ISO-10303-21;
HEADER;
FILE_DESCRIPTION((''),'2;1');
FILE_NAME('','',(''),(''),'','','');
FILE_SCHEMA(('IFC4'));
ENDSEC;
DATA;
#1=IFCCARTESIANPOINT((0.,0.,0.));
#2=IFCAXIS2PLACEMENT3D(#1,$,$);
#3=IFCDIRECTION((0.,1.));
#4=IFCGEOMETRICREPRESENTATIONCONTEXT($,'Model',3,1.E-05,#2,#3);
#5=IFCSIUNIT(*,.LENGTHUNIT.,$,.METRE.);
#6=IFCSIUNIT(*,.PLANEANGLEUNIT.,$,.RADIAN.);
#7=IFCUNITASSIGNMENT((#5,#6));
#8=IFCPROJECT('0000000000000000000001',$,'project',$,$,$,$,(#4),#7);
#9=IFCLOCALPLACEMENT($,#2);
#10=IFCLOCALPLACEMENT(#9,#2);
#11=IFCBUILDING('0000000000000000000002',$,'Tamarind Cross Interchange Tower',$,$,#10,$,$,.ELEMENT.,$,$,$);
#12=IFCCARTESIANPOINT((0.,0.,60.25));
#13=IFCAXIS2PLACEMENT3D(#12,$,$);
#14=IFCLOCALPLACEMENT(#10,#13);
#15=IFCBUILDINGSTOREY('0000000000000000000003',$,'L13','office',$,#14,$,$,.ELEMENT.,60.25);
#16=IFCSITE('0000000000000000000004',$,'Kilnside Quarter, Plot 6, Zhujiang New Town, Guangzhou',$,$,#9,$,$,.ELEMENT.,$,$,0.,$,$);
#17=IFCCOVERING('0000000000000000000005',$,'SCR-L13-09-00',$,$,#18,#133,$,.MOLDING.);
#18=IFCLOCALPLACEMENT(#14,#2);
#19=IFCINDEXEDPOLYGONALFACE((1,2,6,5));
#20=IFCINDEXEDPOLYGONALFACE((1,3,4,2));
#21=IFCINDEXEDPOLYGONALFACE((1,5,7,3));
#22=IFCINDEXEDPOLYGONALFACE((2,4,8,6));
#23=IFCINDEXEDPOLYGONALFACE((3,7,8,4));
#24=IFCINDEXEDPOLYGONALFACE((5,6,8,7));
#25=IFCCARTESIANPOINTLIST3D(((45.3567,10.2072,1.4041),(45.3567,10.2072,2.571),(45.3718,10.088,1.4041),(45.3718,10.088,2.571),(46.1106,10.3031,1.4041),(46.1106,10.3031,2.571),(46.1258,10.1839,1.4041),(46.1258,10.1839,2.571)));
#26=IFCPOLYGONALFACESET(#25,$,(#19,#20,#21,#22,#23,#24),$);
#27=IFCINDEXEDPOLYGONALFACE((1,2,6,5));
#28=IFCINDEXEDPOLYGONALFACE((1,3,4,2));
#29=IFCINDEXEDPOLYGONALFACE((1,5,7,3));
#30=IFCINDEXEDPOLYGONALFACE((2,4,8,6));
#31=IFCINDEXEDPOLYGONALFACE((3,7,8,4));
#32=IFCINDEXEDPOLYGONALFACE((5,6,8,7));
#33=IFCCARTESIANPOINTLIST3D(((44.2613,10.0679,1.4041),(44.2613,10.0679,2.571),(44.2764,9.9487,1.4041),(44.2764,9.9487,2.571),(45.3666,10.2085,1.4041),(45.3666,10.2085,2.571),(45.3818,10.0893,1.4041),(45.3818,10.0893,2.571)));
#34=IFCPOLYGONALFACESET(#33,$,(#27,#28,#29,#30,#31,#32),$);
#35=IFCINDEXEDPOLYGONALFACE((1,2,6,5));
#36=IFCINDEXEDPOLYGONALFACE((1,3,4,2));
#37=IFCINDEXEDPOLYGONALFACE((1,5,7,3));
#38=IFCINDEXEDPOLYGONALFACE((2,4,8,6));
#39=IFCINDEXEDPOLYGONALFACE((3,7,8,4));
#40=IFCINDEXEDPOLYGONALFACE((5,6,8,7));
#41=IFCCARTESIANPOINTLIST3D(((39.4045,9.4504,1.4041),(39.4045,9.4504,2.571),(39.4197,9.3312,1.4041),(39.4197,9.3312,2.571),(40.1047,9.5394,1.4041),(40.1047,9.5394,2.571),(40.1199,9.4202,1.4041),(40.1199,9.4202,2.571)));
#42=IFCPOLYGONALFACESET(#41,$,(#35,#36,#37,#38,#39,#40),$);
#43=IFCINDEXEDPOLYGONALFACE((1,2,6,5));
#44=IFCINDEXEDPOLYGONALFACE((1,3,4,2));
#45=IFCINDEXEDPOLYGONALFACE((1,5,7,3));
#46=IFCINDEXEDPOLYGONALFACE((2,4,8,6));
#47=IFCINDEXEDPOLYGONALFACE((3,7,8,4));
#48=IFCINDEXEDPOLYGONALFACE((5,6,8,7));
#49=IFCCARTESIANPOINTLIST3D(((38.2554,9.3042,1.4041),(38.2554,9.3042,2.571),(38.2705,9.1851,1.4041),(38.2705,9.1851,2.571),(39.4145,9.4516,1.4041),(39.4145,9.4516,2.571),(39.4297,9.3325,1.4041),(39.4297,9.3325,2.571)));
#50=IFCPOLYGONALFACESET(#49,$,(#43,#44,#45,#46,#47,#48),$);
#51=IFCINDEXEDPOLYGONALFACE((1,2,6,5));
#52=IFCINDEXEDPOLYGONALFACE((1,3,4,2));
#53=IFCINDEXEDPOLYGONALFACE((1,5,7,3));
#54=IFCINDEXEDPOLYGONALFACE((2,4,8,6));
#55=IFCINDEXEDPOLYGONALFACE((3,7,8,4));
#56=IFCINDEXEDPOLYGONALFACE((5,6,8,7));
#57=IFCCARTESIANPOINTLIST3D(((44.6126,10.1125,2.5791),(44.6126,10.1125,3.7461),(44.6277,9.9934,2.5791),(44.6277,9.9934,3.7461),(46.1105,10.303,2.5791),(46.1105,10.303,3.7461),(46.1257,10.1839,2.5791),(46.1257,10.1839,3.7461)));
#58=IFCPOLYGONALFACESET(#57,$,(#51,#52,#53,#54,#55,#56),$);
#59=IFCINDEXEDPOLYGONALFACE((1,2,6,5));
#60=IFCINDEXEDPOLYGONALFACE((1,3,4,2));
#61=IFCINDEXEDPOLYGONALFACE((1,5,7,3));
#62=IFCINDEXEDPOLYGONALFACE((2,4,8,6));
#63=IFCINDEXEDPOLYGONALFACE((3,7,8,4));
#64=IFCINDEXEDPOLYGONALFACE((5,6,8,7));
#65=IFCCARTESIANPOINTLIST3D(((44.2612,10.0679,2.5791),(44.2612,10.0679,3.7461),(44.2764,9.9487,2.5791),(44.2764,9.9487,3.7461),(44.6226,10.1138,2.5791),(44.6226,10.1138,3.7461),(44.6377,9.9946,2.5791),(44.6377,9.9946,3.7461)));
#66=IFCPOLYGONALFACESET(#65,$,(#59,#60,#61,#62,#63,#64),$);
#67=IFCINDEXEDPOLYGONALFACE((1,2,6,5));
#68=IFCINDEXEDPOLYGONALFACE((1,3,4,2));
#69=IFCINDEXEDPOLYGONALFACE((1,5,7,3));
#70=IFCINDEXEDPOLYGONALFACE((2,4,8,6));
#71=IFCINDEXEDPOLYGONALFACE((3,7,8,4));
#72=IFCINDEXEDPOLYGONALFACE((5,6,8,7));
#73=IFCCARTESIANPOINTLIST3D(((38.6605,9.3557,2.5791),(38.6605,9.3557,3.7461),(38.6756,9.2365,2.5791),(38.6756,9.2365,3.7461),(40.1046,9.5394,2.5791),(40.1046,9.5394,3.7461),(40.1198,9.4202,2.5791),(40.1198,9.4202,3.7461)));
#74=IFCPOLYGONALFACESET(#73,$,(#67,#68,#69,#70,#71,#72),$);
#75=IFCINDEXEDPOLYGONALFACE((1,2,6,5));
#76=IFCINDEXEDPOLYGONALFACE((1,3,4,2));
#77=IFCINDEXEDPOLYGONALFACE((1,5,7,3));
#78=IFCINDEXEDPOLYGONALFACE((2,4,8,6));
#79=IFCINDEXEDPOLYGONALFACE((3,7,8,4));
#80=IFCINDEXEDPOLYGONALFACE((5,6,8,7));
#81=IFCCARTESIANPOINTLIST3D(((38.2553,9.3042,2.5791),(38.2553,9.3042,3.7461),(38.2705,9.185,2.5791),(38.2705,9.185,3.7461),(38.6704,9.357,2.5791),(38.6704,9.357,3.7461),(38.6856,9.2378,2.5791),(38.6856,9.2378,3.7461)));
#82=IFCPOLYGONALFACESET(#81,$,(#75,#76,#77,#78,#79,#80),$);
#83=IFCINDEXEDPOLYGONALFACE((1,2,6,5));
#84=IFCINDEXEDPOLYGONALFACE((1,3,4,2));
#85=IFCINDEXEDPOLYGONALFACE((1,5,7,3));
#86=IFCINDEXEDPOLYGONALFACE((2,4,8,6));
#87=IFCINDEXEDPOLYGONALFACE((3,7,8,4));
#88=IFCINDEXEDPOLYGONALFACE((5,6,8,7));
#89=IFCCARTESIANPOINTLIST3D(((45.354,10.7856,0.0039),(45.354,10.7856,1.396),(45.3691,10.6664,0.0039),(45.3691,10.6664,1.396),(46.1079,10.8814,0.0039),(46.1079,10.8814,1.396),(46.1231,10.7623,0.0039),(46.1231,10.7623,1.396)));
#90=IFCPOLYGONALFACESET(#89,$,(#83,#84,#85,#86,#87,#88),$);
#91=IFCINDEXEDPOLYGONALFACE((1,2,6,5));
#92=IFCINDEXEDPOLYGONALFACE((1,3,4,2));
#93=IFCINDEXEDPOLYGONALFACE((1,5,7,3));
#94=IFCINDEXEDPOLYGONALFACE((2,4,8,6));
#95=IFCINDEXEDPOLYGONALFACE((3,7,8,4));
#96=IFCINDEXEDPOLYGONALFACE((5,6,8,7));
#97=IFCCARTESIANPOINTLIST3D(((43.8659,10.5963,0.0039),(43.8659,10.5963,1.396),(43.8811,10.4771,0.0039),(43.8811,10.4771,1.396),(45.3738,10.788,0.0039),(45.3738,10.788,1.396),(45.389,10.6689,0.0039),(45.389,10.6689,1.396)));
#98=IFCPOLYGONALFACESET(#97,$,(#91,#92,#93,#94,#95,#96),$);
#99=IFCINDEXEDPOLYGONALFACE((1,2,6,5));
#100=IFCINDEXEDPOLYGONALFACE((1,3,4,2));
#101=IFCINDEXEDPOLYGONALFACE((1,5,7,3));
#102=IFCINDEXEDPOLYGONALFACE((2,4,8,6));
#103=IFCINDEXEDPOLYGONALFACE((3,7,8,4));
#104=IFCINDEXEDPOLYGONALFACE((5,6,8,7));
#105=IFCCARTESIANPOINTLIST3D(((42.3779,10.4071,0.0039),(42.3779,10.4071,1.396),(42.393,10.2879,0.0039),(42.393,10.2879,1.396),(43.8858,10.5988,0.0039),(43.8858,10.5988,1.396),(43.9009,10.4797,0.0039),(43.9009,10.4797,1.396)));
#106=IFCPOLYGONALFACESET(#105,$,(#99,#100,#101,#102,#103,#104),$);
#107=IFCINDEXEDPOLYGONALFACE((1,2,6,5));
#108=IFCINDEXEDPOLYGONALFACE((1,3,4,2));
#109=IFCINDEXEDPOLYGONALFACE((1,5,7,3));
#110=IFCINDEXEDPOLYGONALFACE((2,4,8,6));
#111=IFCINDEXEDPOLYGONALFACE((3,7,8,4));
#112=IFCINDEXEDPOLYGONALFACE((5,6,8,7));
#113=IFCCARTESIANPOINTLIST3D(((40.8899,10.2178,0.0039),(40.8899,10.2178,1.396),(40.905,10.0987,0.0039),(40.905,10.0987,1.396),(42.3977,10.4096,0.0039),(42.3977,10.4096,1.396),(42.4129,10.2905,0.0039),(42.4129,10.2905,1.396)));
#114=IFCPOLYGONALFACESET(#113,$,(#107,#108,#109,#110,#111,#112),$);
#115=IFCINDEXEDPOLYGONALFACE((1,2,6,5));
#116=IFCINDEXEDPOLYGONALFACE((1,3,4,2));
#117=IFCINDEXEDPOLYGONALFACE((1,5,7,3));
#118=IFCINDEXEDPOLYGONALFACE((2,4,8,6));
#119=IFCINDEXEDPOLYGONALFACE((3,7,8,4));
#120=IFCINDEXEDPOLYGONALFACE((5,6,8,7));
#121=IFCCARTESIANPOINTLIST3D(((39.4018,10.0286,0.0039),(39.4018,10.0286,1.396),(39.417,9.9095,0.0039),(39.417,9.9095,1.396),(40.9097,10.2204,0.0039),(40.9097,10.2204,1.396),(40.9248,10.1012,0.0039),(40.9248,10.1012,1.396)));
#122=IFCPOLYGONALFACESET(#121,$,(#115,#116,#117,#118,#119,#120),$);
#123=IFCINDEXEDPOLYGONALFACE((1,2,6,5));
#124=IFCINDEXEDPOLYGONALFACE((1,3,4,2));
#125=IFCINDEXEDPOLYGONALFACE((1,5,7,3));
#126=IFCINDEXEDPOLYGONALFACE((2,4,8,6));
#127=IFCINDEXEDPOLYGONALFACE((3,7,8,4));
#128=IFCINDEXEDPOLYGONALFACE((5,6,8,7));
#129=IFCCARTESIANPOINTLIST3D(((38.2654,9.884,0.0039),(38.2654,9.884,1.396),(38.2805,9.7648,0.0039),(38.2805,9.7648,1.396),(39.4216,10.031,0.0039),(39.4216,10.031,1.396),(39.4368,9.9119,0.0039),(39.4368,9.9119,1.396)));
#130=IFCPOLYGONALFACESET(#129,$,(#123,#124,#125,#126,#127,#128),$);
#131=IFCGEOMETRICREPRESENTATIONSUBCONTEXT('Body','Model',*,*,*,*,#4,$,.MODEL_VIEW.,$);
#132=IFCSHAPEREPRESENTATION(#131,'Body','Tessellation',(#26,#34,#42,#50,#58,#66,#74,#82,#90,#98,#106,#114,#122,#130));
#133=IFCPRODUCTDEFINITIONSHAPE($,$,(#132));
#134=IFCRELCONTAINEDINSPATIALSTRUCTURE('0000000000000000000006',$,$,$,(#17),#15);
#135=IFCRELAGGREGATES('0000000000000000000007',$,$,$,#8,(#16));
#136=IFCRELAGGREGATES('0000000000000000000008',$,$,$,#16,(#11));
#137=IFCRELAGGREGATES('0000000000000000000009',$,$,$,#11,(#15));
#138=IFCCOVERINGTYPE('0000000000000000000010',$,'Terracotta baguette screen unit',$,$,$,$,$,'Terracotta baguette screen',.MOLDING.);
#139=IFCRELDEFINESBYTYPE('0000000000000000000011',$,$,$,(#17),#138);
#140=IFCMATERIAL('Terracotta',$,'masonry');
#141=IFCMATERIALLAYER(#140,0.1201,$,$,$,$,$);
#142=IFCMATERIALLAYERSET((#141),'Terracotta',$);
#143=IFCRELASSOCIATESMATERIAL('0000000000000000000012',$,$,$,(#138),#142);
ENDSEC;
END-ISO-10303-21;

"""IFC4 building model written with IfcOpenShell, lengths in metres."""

from ifc_helpers import new_model, si_unit, direction, frame, origin, origin_2d, place, context, subcontext, project, spatial, rectangle, extrude, material, layer, layer_set, type_object, element, save


model = new_model("IFC4")

# Units and contexts
model_context = context("Model", 3, precision=1e-05, world=origin(), true_north=direction((0.0, 1.0)))
body_context = subcontext(model_context, "Body", "Model", "MODEL_VIEW")
ifc_project = project(units=[si_unit("LENGTHUNIT", "METRE"), si_unit("PLANEANGLEUNIT", "RADIAN")], contexts=[model_context])

# Site, building, storey
site_placement = place(None, origin())
site = spatial("IfcSite", under=ifc_project, at=site_placement, Name="Kilnside Quarter, Plot 6, Zhujiang New Town, Guangzhou", CompositionType="ELEMENT", RefElevation=0.0)
building_placement = place(site_placement, origin())
building = spatial("IfcBuilding", under=site, at=building_placement, Name="Tamarind Cross Interchange Tower", CompositionType="ELEMENT")
storey_placement = place(building_placement, frame((0.0, 0.0, 60.25)))
storey = spatial("IfcBuildingStorey", under=building, at=storey_placement, Name="L13", Description="office", CompositionType="ELEMENT", Elevation=60.25)

# Covering
ifc_material_1 = material(Name="Terracotta", Category="masonry")
ifc_layer_1 = layer(ifc_material_1, 0.1201)
ifc_layer_set_1 = layer_set([ifc_layer_1], Name="Terracotta")
covering_type = type_object("IfcCoveringType", Name="Terracotta baguette screen unit", ElementType="Terracotta baguette screen", PredefinedType="MOLDING", material=ifc_layer_set_1)
covering_1_placement = place(storey_placement, origin())
element("IfcCovering", 1, at=covering_1_placement, inside=storey, type_object=covering_type, Name="SCR-L13-09-00", PredefinedType="MOLDING", context=body_context, shape_type="SweptSolid", body=[
    extrude(rectangle(XDim=0.76, YDim=0.1201, at=origin_2d()), frame((45.7412, 10.1956, 1.4041), z_axis=(0.0, 0.0, 1.0), x_axis=(-0.99201, -0.126161, 0.0)), (0.0, 0.0, 1.0), 1.167),
    extrude(rectangle(XDim=1.1143, YDim=0.1201, at=origin_2d()), frame((44.8215, 10.0786, 1.4041), z_axis=(0.0, 0.0, 1.0), x_axis=(-0.99201, -0.126161, 0.0)), (0.0, 0.0, 1.0), 1.167),
    extrude(rectangle(XDim=0.7058, YDim=0.1201, at=origin_2d()), frame((39.7622, 9.4353, 1.4041), z_axis=(0.0, 0.0, 1.0), x_axis=(-0.99201, -0.126161, 0.0)), (0.0, 0.0, 1.0), 1.167),
    extrude(rectangle(XDim=1.1685, YDim=0.1201, at=origin_2d()), frame((38.8425, 9.3184, 1.4041), z_axis=(0.0, 0.0, 1.0), x_axis=(-0.99201, -0.126161, 0.0)), (0.0, 0.0, 1.0), 1.167),
    extrude(rectangle(XDim=1.51, YDim=0.1201, at=origin_2d()), frame((45.3691, 10.1482, 2.5791), z_axis=(0.0, 0.0, 1.0), x_axis=(-0.99201, -0.126161, 0.0)), (0.0, 0.0, 1.0), 1.167),
    extrude(rectangle(XDim=0.3643, YDim=0.1201, at=origin_2d()), frame((44.4495, 10.0312, 2.5791), z_axis=(0.0, 0.0, 1.0), x_axis=(-0.99201, -0.126161, 0.0)), (0.0, 0.0, 1.0), 1.167),
    extrude(rectangle(XDim=1.4558, YDim=0.1201, at=origin_2d()), frame((39.3901, 9.3879, 2.5791), z_axis=(0.0, 0.0, 1.0), x_axis=(-0.99201, -0.126161, 0.0)), (0.0, 0.0, 1.0), 1.167),
    extrude(rectangle(XDim=0.4185, YDim=0.1201, at=origin_2d()), frame((38.4705, 9.271, 2.5791), z_axis=(0.0, 0.0, 1.0), x_axis=(-0.99201, -0.126161, 0.0)), (0.0, 0.0, 1.0), 1.167),
    extrude(rectangle(XDim=0.76, YDim=0.1201, at=origin_2d()), frame((45.7385, 10.7739, 0.0039), z_axis=(0.0, 0.0, 1.0), x_axis=(-0.99201, -0.126161, 0.0)), (0.0, 0.0, 1.0), 1.3921),
    extrude(rectangle(XDim=1.52, YDim=0.1201, at=origin_2d()), frame((44.6274, 10.6326, 0.0039), z_axis=(0.0, 0.0, 1.0), x_axis=(-0.99201, -0.126161, 0.0)), (0.0, 0.0, 1.0), 1.3921),
    extrude(rectangle(XDim=1.52, YDim=0.1201, at=origin_2d()), frame((43.1394, 10.4434, 0.0039), z_axis=(0.0, 0.0, 1.0), x_axis=(-0.99201, -0.126161, 0.0)), (0.0, 0.0, 1.0), 1.3921),
    extrude(rectangle(XDim=1.52, YDim=0.1201, at=origin_2d()), frame((41.6514, 10.2542, 0.0039), z_axis=(0.0, 0.0, 1.0), x_axis=(-0.99201, -0.126161, 0.0)), (0.0, 0.0, 1.0), 1.3921),
    extrude(rectangle(XDim=1.52, YDim=0.1201, at=origin_2d()), frame((40.1633, 10.0649, 0.0039), z_axis=(0.0, 0.0, 1.0), x_axis=(-0.99201, -0.126161, 0.0)), (0.0, 0.0, 1.0), 1.3921),
    extrude(rectangle(XDim=1.1655, YDim=0.1201, at=origin_2d()), frame((38.8511, 9.8979, 0.0039), z_axis=(0.0, 0.0, 1.0), x_axis=(-0.99201, -0.126161, 0.0)), (0.0, 0.0, 1.0), 1.3921),
])

save(model, "model.ifc")
